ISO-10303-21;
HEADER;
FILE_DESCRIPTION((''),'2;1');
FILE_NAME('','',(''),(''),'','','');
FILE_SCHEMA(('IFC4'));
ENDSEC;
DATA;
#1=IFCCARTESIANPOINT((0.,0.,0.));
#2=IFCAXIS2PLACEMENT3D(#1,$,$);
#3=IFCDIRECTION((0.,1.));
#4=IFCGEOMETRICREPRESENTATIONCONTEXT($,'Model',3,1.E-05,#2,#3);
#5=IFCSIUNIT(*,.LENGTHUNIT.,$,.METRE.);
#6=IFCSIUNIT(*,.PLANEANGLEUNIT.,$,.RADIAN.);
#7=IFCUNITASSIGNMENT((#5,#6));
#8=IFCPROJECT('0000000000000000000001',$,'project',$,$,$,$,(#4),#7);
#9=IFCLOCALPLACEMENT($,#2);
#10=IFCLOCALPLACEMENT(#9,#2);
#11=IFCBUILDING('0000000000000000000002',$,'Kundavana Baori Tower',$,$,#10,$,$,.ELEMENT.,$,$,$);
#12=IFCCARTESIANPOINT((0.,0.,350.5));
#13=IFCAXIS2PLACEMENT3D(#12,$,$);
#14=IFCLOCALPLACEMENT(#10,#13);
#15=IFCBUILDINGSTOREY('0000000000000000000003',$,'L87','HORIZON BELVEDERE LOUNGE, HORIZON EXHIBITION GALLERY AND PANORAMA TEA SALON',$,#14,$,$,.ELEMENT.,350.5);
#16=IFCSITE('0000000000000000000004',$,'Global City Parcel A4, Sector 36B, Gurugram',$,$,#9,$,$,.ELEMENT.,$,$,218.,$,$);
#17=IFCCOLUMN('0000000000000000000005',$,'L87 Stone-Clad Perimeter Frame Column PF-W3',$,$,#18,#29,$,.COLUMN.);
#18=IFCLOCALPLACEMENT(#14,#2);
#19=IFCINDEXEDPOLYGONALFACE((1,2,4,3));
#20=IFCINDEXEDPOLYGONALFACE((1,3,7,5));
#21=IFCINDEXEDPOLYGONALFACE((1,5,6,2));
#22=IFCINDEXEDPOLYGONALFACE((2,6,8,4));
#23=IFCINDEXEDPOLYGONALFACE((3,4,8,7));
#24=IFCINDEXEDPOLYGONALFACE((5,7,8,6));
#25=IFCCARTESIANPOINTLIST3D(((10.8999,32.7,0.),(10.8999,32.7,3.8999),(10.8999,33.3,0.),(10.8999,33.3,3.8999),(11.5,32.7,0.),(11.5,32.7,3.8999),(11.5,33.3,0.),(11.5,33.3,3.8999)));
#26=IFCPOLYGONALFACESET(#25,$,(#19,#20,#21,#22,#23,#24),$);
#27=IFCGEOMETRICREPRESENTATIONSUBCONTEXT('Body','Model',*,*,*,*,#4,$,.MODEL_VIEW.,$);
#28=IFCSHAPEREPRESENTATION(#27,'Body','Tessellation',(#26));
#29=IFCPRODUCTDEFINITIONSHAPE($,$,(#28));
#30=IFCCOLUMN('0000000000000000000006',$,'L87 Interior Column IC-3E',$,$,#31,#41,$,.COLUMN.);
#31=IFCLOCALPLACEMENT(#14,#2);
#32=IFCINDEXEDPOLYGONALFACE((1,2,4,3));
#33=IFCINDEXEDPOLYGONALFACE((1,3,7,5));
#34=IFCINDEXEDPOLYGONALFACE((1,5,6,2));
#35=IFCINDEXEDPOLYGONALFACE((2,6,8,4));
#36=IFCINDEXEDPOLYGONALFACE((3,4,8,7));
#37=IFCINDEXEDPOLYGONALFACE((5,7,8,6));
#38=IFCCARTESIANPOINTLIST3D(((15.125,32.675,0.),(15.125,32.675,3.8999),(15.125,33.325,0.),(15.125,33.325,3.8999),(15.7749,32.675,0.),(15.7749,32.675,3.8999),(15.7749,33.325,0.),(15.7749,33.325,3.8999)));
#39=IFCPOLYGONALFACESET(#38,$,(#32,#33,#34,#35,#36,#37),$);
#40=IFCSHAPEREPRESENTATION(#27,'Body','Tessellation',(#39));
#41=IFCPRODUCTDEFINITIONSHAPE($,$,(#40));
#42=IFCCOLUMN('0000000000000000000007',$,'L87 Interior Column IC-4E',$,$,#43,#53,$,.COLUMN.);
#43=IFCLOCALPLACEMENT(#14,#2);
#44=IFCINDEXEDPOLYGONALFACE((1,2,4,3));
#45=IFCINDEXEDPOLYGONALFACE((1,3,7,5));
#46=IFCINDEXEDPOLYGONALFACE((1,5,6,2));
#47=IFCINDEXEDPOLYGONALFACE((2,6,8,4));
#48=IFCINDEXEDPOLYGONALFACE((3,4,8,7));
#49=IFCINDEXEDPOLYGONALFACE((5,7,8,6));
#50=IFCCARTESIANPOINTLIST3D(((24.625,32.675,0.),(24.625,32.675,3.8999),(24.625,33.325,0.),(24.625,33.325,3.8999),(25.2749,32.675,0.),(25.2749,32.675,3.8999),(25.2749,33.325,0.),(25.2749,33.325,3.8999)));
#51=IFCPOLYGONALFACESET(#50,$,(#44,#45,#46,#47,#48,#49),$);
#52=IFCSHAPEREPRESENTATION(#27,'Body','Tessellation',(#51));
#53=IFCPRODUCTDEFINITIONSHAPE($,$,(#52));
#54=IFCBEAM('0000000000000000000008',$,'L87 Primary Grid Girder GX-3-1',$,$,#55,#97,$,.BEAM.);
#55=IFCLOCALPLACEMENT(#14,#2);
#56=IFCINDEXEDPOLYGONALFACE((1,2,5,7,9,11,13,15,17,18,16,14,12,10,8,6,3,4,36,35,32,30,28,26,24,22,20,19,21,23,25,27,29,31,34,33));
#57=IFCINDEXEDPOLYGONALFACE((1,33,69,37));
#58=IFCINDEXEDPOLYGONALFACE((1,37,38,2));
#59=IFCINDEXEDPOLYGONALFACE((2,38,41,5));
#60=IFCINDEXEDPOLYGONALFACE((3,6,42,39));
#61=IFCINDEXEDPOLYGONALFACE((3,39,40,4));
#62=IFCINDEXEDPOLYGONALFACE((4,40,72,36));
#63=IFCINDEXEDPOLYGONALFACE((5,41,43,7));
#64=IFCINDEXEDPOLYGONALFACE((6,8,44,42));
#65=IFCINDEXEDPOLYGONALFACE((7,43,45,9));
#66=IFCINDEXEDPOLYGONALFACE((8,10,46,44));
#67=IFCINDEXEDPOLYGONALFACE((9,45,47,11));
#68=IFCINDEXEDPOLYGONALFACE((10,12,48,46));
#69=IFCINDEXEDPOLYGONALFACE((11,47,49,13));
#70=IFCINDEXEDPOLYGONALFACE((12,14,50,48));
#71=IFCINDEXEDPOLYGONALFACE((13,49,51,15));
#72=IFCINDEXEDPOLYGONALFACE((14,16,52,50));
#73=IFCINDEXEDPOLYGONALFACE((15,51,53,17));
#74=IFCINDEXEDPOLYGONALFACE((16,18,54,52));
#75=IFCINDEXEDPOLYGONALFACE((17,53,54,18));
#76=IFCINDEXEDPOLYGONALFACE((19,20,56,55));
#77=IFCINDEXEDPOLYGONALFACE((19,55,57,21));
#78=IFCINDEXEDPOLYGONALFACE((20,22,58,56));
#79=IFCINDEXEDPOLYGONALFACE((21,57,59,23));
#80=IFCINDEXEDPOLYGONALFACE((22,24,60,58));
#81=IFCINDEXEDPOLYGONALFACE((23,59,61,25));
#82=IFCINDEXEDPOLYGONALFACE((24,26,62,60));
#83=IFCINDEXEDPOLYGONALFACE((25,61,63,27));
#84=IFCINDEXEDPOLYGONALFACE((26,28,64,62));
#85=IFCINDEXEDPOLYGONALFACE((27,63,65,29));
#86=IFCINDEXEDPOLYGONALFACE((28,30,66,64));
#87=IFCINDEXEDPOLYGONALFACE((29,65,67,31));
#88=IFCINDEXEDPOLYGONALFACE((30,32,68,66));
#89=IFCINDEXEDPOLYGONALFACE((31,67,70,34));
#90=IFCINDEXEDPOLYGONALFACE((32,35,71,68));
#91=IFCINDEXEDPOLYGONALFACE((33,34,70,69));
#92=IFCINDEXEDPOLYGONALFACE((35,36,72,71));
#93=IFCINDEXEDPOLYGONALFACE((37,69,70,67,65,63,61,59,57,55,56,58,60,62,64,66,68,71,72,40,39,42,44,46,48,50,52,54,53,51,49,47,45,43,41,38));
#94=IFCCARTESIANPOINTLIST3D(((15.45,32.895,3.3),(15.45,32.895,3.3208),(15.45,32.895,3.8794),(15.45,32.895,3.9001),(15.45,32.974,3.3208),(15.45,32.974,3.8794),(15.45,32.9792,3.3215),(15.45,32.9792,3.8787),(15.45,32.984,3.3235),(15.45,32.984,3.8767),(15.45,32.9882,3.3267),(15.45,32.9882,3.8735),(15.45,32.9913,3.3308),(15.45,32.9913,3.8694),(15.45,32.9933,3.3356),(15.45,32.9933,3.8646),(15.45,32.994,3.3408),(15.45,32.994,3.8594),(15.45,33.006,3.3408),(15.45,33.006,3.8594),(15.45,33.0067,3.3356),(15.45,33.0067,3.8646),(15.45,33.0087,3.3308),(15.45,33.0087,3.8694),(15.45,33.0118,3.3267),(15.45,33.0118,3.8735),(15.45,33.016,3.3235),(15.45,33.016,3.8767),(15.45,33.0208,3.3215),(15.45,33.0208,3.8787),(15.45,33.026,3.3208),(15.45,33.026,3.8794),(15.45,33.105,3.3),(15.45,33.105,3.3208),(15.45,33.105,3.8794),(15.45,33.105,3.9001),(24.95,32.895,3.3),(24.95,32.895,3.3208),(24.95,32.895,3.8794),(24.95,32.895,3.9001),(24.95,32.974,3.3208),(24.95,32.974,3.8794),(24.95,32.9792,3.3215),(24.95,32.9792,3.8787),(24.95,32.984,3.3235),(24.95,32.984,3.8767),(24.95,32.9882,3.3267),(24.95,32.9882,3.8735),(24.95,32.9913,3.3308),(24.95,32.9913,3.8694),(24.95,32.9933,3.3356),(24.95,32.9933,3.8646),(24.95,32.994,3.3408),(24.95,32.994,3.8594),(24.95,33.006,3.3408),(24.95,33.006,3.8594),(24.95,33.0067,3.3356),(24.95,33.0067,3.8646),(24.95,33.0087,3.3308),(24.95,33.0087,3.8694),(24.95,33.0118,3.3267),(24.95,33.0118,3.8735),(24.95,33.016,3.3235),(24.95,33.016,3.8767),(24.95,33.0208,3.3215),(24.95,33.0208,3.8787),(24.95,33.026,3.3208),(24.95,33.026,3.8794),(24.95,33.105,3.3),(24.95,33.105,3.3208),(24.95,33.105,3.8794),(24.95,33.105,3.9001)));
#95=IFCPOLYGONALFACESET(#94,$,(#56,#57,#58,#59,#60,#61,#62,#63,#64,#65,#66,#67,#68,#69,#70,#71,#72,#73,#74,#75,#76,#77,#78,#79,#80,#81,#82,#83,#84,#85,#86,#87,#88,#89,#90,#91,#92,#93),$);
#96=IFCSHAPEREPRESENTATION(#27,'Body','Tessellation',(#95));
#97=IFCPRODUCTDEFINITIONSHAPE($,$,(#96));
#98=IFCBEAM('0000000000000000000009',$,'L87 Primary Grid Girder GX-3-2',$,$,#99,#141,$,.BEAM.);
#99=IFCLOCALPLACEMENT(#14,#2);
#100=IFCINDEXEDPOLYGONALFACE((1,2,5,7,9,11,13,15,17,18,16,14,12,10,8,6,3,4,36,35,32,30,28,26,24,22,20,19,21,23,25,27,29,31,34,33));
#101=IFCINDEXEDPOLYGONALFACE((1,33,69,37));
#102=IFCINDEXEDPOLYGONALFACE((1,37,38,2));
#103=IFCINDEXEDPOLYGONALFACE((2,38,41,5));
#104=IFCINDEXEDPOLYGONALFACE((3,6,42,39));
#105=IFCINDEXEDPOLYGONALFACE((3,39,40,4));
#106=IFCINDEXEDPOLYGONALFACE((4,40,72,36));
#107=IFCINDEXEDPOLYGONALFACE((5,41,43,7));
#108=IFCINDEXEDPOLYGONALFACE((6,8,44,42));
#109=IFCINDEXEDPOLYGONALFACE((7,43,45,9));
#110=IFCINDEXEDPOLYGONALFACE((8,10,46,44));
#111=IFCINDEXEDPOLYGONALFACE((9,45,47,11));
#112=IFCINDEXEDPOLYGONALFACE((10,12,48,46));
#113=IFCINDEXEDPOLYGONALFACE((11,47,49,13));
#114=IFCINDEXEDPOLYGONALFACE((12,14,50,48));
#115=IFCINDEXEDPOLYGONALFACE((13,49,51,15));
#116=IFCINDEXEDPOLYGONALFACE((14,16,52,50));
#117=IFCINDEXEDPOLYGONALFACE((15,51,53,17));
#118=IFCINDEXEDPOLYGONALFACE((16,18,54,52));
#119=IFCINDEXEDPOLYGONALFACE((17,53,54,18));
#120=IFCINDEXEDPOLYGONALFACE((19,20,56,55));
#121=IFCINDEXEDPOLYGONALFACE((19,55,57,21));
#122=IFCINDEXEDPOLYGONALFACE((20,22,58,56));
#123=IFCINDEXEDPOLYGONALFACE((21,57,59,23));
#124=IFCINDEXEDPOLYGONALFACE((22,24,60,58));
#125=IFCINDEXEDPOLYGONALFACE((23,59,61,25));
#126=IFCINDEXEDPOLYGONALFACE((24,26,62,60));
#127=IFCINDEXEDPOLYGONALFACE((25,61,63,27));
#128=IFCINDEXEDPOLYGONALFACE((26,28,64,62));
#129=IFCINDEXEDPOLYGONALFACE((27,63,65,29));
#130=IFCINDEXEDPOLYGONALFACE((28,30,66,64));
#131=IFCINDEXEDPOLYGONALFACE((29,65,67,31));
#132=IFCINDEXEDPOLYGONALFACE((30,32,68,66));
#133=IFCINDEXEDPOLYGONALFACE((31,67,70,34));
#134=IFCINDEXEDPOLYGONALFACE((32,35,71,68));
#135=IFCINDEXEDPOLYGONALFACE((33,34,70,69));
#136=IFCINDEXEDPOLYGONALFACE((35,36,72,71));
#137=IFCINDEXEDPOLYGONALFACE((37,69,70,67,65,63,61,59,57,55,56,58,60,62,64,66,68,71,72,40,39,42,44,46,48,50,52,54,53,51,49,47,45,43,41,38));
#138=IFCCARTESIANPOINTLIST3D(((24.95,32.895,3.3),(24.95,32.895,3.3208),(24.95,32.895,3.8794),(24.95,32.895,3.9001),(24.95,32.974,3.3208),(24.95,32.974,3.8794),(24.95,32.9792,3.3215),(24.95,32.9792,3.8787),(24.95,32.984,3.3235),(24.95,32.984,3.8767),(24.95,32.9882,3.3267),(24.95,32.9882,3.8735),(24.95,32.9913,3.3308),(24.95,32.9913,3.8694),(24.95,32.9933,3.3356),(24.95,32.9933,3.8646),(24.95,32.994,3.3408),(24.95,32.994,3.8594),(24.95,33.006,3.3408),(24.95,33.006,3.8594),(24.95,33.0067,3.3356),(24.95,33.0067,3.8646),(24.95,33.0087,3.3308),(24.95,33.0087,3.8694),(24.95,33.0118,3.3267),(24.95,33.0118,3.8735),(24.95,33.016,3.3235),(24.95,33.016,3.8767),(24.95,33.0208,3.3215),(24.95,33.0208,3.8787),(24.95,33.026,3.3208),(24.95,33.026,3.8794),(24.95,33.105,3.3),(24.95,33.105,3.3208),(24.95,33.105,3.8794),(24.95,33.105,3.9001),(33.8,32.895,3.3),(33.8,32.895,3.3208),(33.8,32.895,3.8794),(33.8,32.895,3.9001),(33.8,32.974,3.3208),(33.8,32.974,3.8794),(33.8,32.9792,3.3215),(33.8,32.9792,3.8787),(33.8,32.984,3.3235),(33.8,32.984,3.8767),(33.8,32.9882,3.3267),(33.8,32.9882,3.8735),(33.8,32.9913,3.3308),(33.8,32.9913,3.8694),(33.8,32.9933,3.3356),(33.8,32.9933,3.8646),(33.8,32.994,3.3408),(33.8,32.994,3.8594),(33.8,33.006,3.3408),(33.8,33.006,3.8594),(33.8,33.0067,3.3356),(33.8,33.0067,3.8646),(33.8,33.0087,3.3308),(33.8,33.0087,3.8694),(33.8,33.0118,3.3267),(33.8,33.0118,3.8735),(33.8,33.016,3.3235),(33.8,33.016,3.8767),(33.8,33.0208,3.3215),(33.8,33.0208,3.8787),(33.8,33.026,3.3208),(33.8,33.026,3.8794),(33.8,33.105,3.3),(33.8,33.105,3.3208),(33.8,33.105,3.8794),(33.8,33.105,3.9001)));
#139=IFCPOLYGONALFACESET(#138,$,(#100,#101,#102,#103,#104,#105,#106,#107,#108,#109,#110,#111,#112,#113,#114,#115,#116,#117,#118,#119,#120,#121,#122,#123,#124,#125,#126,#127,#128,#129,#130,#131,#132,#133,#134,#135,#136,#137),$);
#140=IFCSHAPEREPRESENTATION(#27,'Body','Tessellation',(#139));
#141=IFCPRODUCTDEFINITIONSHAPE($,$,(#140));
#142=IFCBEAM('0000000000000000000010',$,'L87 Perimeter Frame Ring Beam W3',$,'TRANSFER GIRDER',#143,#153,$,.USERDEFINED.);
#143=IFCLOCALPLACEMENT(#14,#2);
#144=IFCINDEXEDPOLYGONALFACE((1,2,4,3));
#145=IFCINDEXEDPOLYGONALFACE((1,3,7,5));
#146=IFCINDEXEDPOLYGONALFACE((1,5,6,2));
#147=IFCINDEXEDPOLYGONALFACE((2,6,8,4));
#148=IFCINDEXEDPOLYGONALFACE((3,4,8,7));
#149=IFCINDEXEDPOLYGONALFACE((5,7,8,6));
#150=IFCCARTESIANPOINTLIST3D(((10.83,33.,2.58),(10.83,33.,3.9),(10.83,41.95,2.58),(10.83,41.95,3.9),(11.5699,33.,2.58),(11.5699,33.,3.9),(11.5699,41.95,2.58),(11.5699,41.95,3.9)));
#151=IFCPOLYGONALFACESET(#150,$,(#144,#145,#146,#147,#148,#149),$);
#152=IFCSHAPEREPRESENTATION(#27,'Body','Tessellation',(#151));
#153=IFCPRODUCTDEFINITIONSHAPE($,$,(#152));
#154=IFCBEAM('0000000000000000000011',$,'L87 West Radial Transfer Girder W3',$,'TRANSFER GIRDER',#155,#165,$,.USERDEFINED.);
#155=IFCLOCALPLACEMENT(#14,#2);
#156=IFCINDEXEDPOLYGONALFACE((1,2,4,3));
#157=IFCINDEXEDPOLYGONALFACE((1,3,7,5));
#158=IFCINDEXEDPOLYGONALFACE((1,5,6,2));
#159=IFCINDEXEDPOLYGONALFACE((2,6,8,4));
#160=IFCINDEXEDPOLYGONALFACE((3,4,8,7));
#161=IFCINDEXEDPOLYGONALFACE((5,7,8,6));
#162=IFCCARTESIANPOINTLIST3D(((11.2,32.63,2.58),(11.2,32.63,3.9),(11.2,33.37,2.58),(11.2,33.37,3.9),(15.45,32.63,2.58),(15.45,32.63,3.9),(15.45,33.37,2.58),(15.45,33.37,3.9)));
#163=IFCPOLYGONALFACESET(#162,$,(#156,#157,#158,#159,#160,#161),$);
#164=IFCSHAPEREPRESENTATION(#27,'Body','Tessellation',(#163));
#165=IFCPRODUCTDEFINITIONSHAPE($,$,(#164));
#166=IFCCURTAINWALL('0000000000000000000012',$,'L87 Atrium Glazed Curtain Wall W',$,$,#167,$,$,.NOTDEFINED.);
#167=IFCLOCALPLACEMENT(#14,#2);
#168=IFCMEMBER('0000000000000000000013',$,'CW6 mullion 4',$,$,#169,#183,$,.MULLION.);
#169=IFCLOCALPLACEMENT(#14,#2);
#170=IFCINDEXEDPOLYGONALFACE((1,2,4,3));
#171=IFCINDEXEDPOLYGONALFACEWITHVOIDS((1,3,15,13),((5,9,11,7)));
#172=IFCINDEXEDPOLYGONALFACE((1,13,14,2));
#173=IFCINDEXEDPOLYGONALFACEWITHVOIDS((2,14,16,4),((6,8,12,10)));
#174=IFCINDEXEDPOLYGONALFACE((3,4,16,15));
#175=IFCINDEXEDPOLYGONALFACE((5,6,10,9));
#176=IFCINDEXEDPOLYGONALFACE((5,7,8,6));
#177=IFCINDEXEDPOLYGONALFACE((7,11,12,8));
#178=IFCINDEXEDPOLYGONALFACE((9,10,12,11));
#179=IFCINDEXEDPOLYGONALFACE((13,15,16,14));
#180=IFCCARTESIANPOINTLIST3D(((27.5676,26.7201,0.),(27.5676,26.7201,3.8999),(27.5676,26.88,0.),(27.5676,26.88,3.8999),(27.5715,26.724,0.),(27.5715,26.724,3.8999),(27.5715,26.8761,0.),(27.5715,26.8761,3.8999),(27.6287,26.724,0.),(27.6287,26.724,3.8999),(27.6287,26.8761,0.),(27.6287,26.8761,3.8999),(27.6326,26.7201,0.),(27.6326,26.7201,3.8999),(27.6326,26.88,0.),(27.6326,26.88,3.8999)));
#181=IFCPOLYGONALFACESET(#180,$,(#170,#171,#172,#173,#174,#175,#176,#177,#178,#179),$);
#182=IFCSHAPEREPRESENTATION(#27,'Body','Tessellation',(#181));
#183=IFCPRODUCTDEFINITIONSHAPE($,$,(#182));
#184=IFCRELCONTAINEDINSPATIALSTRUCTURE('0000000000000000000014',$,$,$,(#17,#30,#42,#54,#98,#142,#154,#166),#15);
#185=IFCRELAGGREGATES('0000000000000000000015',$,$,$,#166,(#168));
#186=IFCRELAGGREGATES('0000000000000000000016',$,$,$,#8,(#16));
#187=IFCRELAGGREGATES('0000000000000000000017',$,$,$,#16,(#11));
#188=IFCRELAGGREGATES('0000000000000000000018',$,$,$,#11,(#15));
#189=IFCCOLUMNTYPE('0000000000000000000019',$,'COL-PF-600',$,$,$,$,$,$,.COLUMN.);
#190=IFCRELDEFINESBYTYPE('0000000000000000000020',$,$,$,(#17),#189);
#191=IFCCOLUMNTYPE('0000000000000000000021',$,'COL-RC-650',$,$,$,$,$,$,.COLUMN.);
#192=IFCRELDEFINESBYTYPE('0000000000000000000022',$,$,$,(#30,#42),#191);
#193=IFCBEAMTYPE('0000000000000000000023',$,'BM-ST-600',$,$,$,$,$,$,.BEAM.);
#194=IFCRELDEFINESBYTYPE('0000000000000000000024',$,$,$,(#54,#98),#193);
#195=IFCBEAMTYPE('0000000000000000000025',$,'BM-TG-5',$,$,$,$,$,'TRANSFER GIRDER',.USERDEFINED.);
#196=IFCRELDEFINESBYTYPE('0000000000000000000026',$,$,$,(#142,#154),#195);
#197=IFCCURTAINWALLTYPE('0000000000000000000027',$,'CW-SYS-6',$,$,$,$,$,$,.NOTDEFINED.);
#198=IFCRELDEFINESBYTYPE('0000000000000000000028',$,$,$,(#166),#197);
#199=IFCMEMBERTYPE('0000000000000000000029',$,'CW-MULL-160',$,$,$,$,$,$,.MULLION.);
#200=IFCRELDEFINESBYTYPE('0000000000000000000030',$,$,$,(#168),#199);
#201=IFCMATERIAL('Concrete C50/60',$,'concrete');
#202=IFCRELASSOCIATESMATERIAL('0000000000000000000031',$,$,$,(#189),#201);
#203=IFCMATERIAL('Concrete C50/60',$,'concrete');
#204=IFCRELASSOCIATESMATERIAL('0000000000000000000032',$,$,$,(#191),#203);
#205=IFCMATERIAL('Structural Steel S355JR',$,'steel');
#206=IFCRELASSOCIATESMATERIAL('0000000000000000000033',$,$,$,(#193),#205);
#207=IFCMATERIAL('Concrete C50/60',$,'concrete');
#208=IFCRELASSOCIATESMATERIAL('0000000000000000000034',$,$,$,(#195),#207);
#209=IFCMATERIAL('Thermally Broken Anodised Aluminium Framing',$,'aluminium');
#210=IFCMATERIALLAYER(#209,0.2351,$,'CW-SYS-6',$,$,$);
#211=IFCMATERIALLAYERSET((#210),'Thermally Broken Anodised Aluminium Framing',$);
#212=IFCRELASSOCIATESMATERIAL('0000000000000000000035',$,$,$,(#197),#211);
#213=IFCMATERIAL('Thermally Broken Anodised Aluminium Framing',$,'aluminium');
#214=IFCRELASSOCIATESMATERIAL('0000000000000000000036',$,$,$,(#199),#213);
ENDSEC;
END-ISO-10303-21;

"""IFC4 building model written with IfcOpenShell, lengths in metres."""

from ifc_helpers import new_model, si_unit, direction, frame, origin, origin_2d, place, context, subcontext, project, spatial, rectangle, hollow_rectangle, i_section, extrude, material, layer, layer_set, material_profile, profile_set, type_object, element, aggregate, save


model = new_model("IFC4")

# Units and contexts
model_context = context("Model", 3, precision=1e-05, world=origin(), true_north=direction((0.0, 1.0)))
body_context = subcontext(model_context, "Body", "Model", "MODEL_VIEW")
ifc_project = project(units=[si_unit("LENGTHUNIT", "METRE"), si_unit("PLANEANGLEUNIT", "RADIAN")], contexts=[model_context])

# Site, building, storey
site_placement = place(None, origin())
site = spatial("IfcSite", under=ifc_project, at=site_placement, Name="Global City Parcel A4, Sector 36B, Gurugram", CompositionType="ELEMENT", RefElevation=218.0)
building_placement = place(site_placement, origin())
building = spatial("IfcBuilding", under=site, at=building_placement, Name="Kundavana Baori Tower", CompositionType="ELEMENT")
storey_placement = place(building_placement, frame((0.0, 0.0, 350.5)))
storey = spatial("IfcBuildingStorey", under=building, at=storey_placement, Name="L87", Description="HORIZON BELVEDERE LOUNGE, HORIZON EXHIBITION GALLERY AND PANORAMA TEA SALON", CompositionType="ELEMENT", Elevation=350.5)

# Columns
ifc_material_1 = material(Name="Concrete C50/60", Category="concrete")
ifc_material_profile_1 = material_profile(ifc_material_1, rectangle(XDim=0.6001, YDim=0.6001, at=origin_2d()), Name="RC PF 600x600")
ifc_profile_set_1 = profile_set([ifc_material_profile_1], Name="Concrete C50/60")
column_type_1 = type_object("IfcColumnType", Name="COL-PF-600", PredefinedType="COLUMN", material=ifc_profile_set_1)
column_placement = place(storey_placement, frame((11.2, 33.0, 0.0), z_axis=(0.0, 0.0, 1.0), x_axis=(1.0, 0.0, 0.0)))
element("IfcColumn", 1, at=column_placement, inside=storey, type_object=column_type_1, Name="L87 Stone-Clad Perimeter Frame Column PF-W3", PredefinedType="COLUMN", context=body_context, shape_type="SweptSolid", body=[
    extrude(rectangle(XDim=0.6001, YDim=0.6001, at=origin_2d()), origin(), (0.0, 0.0, 1.0), 3.8999),
])
ifc_material_2 = material(Name="Concrete C50/60", Category="concrete")
ifc_material_profile_2 = material_profile(ifc_material_2, rectangle(XDim=0.6499, YDim=0.6499, at=origin_2d()), Name="RC 650x650")
ifc_profile_set_2 = profile_set([ifc_material_profile_2], Name="Concrete C50/60")
column_type_2 = type_object("IfcColumnType", Name="COL-RC-650", PredefinedType="COLUMN", material=ifc_profile_set_2)
for number, where, z_axis, x_axis, name in (
    (2, (15.45, 33.0, 0.0), (0.0, 0.0, 1.0), (1.0, 0.0, 0.0), "L87 Interior Column IC-3E"),
    (3, (24.95, 33.0, 0.0), (0.0, 0.0, 1.0), (1.0, 0.0, 0.0), "L87 Interior Column IC-4E"),
):
    element("IfcColumn", number, at=place(storey_placement, frame(where, z_axis=z_axis, x_axis=x_axis)), inside=storey, type_object=column_type_2, Name=name, PredefinedType="COLUMN", context=body_context, shape_type="SweptSolid", body=[
        extrude(rectangle(XDim=0.6499, YDim=0.6499, at=origin_2d()), origin(), (0.0, 0.0, 1.0), 3.8999),
    ])

# Beams
ifc_material_3 = material(Name="Structural Steel S355JR", Category="steel")
ifc_material_profile_3 = material_profile(ifc_material_3, i_section(OverallWidth=0.21, OverallDepth=0.6001, WebThickness=0.012, FlangeThickness=0.0208, FilletRadius=0.02, at=origin_2d()), Name="ISMB 600")
ifc_profile_set_3 = profile_set([ifc_material_profile_3], Name="Structural Steel S355JR")
beam_type_1 = type_object("IfcBeamType", Name="BM-ST-600", PredefinedType="BEAM", material=ifc_profile_set_3)
beam_1_placement = place(storey_placement, frame((15.45, 33.0, 3.6001), z_axis=(1.0, 0.0, 0.0), x_axis=(0.0, 1.0, 0.0)))
element("IfcBeam", 4, at=beam_1_placement, inside=storey, type_object=beam_type_1, Name="L87 Primary Grid Girder GX-3-1", PredefinedType="BEAM", context=body_context, shape_type="SweptSolid", body=[
    extrude(i_section(OverallWidth=0.21, OverallDepth=0.6001, WebThickness=0.012, FlangeThickness=0.0208, FilletRadius=0.02, at=origin_2d()), origin(), (0.0, 0.0, 1.0), 9.5),
])
beam_2_placement = place(storey_placement, frame((24.95, 33.0, 3.6001), z_axis=(1.0, 0.0, 0.0), x_axis=(0.0, 1.0, 0.0)))
element("IfcBeam", 5, at=beam_2_placement, inside=storey, type_object=beam_type_1, Name="L87 Primary Grid Girder GX-3-2", PredefinedType="BEAM", context=body_context, shape_type="SweptSolid", body=[
    extrude(i_section(OverallWidth=0.21, OverallDepth=0.6001, WebThickness=0.012, FlangeThickness=0.0208, FilletRadius=0.02, at=origin_2d()), origin(), (0.0, 0.0, 1.0), 8.8501),
])
ifc_material_4 = material(Name="Concrete C50/60", Category="concrete")
ifc_material_profile_4 = material_profile(ifc_material_4, rectangle(XDim=0.74, YDim=1.3201, at=origin_2d()), Name="BM-TG-5")
ifc_profile_set_4 = profile_set([ifc_material_profile_4], Name="Concrete C50/60")
beam_type_2 = type_object("IfcBeamType", Name="BM-TG-5", ElementType="TRANSFER GIRDER", PredefinedType="USERDEFINED", material=ifc_profile_set_4)
beam_3_placement = place(storey_placement, frame((11.2, 33.0, 3.24), z_axis=(0.0, 1.0, 0.0), x_axis=(-1.0, 0.0, 0.0)))
element("IfcBeam", 6, at=beam_3_placement, inside=storey, type_object=beam_type_2, Name="L87 Perimeter Frame Ring Beam W3", ObjectType="TRANSFER GIRDER", PredefinedType="USERDEFINED", context=body_context, shape_type="SweptSolid", body=[
    extrude(rectangle(XDim=0.74, YDim=1.3201, at=origin_2d()), origin(), (0.0, 0.0, 1.0), 8.95),
])
beam_4_placement = place(storey_placement, frame((15.45, 33.0, 3.24), z_axis=(-1.0, 0.0, 0.0), x_axis=(0.0, -1.0, 0.0)))
element("IfcBeam", 7, at=beam_4_placement, inside=storey, type_object=beam_type_2, Name="L87 West Radial Transfer Girder W3", ObjectType="TRANSFER GIRDER", PredefinedType="USERDEFINED", context=body_context, shape_type="SweptSolid", body=[
    extrude(rectangle(XDim=0.74, YDim=1.3201, at=origin_2d()), origin(), (0.0, 0.0, 1.0), 4.25),
])

# Curtain wall, member
ifc_material_5 = material(Name="Thermally Broken Anodised Aluminium Framing", Category="aluminium")
ifc_layer_1 = layer(ifc_material_5, 0.2351, Name="CW-SYS-6")
ifc_layer_set_1 = layer_set([ifc_layer_1], Name="Thermally Broken Anodised Aluminium Framing")
curtain_wall_type = type_object("IfcCurtainWallType", Name="CW-SYS-6", PredefinedType="NOTDEFINED", material=ifc_layer_set_1)
curtain_wall_placement = place(storey_placement, origin())
curtain_wall = element("IfcCurtainWall", 8, at=curtain_wall_placement, inside=storey, type_object=curtain_wall_type, Name="L87 Atrium Glazed Curtain Wall W", PredefinedType="NOTDEFINED")
ifc_material_6 = material(Name="Thermally Broken Anodised Aluminium Framing", Category="aluminium")
ifc_material_profile_5 = material_profile(ifc_material_6, hollow_rectangle(XDim=0.0649, YDim=0.1599, WallThickness=0.0039, at=origin_2d()), Name="CW-MULL-160")
ifc_profile_set_5 = profile_set([ifc_material_profile_5], Name="Thermally Broken Anodised Aluminium Framing")
member_type_1 = type_object("IfcMemberType", Name="CW-MULL-160", PredefinedType="MULLION", material=ifc_profile_set_5)
member_1_placement = place(storey_placement, frame((27.6001, 26.8, 0.0), z_axis=(0.0, 0.0, 1.0), x_axis=(1.0, 0.0, 0.0)))
member_1 = element("IfcMember", 9, at=member_1_placement, type_object=member_type_1, Name="CW6 mullion 4", PredefinedType="MULLION", context=body_context, shape_type="SweptSolid", body=[
    extrude(hollow_rectangle(XDim=0.0649, YDim=0.1599, WallThickness=0.0039, at=origin_2d()), origin(), (0.0, 0.0, 1.0), 3.8999),
])
aggregate(curtain_wall, [member_1])

save(model, "model.ifc")
